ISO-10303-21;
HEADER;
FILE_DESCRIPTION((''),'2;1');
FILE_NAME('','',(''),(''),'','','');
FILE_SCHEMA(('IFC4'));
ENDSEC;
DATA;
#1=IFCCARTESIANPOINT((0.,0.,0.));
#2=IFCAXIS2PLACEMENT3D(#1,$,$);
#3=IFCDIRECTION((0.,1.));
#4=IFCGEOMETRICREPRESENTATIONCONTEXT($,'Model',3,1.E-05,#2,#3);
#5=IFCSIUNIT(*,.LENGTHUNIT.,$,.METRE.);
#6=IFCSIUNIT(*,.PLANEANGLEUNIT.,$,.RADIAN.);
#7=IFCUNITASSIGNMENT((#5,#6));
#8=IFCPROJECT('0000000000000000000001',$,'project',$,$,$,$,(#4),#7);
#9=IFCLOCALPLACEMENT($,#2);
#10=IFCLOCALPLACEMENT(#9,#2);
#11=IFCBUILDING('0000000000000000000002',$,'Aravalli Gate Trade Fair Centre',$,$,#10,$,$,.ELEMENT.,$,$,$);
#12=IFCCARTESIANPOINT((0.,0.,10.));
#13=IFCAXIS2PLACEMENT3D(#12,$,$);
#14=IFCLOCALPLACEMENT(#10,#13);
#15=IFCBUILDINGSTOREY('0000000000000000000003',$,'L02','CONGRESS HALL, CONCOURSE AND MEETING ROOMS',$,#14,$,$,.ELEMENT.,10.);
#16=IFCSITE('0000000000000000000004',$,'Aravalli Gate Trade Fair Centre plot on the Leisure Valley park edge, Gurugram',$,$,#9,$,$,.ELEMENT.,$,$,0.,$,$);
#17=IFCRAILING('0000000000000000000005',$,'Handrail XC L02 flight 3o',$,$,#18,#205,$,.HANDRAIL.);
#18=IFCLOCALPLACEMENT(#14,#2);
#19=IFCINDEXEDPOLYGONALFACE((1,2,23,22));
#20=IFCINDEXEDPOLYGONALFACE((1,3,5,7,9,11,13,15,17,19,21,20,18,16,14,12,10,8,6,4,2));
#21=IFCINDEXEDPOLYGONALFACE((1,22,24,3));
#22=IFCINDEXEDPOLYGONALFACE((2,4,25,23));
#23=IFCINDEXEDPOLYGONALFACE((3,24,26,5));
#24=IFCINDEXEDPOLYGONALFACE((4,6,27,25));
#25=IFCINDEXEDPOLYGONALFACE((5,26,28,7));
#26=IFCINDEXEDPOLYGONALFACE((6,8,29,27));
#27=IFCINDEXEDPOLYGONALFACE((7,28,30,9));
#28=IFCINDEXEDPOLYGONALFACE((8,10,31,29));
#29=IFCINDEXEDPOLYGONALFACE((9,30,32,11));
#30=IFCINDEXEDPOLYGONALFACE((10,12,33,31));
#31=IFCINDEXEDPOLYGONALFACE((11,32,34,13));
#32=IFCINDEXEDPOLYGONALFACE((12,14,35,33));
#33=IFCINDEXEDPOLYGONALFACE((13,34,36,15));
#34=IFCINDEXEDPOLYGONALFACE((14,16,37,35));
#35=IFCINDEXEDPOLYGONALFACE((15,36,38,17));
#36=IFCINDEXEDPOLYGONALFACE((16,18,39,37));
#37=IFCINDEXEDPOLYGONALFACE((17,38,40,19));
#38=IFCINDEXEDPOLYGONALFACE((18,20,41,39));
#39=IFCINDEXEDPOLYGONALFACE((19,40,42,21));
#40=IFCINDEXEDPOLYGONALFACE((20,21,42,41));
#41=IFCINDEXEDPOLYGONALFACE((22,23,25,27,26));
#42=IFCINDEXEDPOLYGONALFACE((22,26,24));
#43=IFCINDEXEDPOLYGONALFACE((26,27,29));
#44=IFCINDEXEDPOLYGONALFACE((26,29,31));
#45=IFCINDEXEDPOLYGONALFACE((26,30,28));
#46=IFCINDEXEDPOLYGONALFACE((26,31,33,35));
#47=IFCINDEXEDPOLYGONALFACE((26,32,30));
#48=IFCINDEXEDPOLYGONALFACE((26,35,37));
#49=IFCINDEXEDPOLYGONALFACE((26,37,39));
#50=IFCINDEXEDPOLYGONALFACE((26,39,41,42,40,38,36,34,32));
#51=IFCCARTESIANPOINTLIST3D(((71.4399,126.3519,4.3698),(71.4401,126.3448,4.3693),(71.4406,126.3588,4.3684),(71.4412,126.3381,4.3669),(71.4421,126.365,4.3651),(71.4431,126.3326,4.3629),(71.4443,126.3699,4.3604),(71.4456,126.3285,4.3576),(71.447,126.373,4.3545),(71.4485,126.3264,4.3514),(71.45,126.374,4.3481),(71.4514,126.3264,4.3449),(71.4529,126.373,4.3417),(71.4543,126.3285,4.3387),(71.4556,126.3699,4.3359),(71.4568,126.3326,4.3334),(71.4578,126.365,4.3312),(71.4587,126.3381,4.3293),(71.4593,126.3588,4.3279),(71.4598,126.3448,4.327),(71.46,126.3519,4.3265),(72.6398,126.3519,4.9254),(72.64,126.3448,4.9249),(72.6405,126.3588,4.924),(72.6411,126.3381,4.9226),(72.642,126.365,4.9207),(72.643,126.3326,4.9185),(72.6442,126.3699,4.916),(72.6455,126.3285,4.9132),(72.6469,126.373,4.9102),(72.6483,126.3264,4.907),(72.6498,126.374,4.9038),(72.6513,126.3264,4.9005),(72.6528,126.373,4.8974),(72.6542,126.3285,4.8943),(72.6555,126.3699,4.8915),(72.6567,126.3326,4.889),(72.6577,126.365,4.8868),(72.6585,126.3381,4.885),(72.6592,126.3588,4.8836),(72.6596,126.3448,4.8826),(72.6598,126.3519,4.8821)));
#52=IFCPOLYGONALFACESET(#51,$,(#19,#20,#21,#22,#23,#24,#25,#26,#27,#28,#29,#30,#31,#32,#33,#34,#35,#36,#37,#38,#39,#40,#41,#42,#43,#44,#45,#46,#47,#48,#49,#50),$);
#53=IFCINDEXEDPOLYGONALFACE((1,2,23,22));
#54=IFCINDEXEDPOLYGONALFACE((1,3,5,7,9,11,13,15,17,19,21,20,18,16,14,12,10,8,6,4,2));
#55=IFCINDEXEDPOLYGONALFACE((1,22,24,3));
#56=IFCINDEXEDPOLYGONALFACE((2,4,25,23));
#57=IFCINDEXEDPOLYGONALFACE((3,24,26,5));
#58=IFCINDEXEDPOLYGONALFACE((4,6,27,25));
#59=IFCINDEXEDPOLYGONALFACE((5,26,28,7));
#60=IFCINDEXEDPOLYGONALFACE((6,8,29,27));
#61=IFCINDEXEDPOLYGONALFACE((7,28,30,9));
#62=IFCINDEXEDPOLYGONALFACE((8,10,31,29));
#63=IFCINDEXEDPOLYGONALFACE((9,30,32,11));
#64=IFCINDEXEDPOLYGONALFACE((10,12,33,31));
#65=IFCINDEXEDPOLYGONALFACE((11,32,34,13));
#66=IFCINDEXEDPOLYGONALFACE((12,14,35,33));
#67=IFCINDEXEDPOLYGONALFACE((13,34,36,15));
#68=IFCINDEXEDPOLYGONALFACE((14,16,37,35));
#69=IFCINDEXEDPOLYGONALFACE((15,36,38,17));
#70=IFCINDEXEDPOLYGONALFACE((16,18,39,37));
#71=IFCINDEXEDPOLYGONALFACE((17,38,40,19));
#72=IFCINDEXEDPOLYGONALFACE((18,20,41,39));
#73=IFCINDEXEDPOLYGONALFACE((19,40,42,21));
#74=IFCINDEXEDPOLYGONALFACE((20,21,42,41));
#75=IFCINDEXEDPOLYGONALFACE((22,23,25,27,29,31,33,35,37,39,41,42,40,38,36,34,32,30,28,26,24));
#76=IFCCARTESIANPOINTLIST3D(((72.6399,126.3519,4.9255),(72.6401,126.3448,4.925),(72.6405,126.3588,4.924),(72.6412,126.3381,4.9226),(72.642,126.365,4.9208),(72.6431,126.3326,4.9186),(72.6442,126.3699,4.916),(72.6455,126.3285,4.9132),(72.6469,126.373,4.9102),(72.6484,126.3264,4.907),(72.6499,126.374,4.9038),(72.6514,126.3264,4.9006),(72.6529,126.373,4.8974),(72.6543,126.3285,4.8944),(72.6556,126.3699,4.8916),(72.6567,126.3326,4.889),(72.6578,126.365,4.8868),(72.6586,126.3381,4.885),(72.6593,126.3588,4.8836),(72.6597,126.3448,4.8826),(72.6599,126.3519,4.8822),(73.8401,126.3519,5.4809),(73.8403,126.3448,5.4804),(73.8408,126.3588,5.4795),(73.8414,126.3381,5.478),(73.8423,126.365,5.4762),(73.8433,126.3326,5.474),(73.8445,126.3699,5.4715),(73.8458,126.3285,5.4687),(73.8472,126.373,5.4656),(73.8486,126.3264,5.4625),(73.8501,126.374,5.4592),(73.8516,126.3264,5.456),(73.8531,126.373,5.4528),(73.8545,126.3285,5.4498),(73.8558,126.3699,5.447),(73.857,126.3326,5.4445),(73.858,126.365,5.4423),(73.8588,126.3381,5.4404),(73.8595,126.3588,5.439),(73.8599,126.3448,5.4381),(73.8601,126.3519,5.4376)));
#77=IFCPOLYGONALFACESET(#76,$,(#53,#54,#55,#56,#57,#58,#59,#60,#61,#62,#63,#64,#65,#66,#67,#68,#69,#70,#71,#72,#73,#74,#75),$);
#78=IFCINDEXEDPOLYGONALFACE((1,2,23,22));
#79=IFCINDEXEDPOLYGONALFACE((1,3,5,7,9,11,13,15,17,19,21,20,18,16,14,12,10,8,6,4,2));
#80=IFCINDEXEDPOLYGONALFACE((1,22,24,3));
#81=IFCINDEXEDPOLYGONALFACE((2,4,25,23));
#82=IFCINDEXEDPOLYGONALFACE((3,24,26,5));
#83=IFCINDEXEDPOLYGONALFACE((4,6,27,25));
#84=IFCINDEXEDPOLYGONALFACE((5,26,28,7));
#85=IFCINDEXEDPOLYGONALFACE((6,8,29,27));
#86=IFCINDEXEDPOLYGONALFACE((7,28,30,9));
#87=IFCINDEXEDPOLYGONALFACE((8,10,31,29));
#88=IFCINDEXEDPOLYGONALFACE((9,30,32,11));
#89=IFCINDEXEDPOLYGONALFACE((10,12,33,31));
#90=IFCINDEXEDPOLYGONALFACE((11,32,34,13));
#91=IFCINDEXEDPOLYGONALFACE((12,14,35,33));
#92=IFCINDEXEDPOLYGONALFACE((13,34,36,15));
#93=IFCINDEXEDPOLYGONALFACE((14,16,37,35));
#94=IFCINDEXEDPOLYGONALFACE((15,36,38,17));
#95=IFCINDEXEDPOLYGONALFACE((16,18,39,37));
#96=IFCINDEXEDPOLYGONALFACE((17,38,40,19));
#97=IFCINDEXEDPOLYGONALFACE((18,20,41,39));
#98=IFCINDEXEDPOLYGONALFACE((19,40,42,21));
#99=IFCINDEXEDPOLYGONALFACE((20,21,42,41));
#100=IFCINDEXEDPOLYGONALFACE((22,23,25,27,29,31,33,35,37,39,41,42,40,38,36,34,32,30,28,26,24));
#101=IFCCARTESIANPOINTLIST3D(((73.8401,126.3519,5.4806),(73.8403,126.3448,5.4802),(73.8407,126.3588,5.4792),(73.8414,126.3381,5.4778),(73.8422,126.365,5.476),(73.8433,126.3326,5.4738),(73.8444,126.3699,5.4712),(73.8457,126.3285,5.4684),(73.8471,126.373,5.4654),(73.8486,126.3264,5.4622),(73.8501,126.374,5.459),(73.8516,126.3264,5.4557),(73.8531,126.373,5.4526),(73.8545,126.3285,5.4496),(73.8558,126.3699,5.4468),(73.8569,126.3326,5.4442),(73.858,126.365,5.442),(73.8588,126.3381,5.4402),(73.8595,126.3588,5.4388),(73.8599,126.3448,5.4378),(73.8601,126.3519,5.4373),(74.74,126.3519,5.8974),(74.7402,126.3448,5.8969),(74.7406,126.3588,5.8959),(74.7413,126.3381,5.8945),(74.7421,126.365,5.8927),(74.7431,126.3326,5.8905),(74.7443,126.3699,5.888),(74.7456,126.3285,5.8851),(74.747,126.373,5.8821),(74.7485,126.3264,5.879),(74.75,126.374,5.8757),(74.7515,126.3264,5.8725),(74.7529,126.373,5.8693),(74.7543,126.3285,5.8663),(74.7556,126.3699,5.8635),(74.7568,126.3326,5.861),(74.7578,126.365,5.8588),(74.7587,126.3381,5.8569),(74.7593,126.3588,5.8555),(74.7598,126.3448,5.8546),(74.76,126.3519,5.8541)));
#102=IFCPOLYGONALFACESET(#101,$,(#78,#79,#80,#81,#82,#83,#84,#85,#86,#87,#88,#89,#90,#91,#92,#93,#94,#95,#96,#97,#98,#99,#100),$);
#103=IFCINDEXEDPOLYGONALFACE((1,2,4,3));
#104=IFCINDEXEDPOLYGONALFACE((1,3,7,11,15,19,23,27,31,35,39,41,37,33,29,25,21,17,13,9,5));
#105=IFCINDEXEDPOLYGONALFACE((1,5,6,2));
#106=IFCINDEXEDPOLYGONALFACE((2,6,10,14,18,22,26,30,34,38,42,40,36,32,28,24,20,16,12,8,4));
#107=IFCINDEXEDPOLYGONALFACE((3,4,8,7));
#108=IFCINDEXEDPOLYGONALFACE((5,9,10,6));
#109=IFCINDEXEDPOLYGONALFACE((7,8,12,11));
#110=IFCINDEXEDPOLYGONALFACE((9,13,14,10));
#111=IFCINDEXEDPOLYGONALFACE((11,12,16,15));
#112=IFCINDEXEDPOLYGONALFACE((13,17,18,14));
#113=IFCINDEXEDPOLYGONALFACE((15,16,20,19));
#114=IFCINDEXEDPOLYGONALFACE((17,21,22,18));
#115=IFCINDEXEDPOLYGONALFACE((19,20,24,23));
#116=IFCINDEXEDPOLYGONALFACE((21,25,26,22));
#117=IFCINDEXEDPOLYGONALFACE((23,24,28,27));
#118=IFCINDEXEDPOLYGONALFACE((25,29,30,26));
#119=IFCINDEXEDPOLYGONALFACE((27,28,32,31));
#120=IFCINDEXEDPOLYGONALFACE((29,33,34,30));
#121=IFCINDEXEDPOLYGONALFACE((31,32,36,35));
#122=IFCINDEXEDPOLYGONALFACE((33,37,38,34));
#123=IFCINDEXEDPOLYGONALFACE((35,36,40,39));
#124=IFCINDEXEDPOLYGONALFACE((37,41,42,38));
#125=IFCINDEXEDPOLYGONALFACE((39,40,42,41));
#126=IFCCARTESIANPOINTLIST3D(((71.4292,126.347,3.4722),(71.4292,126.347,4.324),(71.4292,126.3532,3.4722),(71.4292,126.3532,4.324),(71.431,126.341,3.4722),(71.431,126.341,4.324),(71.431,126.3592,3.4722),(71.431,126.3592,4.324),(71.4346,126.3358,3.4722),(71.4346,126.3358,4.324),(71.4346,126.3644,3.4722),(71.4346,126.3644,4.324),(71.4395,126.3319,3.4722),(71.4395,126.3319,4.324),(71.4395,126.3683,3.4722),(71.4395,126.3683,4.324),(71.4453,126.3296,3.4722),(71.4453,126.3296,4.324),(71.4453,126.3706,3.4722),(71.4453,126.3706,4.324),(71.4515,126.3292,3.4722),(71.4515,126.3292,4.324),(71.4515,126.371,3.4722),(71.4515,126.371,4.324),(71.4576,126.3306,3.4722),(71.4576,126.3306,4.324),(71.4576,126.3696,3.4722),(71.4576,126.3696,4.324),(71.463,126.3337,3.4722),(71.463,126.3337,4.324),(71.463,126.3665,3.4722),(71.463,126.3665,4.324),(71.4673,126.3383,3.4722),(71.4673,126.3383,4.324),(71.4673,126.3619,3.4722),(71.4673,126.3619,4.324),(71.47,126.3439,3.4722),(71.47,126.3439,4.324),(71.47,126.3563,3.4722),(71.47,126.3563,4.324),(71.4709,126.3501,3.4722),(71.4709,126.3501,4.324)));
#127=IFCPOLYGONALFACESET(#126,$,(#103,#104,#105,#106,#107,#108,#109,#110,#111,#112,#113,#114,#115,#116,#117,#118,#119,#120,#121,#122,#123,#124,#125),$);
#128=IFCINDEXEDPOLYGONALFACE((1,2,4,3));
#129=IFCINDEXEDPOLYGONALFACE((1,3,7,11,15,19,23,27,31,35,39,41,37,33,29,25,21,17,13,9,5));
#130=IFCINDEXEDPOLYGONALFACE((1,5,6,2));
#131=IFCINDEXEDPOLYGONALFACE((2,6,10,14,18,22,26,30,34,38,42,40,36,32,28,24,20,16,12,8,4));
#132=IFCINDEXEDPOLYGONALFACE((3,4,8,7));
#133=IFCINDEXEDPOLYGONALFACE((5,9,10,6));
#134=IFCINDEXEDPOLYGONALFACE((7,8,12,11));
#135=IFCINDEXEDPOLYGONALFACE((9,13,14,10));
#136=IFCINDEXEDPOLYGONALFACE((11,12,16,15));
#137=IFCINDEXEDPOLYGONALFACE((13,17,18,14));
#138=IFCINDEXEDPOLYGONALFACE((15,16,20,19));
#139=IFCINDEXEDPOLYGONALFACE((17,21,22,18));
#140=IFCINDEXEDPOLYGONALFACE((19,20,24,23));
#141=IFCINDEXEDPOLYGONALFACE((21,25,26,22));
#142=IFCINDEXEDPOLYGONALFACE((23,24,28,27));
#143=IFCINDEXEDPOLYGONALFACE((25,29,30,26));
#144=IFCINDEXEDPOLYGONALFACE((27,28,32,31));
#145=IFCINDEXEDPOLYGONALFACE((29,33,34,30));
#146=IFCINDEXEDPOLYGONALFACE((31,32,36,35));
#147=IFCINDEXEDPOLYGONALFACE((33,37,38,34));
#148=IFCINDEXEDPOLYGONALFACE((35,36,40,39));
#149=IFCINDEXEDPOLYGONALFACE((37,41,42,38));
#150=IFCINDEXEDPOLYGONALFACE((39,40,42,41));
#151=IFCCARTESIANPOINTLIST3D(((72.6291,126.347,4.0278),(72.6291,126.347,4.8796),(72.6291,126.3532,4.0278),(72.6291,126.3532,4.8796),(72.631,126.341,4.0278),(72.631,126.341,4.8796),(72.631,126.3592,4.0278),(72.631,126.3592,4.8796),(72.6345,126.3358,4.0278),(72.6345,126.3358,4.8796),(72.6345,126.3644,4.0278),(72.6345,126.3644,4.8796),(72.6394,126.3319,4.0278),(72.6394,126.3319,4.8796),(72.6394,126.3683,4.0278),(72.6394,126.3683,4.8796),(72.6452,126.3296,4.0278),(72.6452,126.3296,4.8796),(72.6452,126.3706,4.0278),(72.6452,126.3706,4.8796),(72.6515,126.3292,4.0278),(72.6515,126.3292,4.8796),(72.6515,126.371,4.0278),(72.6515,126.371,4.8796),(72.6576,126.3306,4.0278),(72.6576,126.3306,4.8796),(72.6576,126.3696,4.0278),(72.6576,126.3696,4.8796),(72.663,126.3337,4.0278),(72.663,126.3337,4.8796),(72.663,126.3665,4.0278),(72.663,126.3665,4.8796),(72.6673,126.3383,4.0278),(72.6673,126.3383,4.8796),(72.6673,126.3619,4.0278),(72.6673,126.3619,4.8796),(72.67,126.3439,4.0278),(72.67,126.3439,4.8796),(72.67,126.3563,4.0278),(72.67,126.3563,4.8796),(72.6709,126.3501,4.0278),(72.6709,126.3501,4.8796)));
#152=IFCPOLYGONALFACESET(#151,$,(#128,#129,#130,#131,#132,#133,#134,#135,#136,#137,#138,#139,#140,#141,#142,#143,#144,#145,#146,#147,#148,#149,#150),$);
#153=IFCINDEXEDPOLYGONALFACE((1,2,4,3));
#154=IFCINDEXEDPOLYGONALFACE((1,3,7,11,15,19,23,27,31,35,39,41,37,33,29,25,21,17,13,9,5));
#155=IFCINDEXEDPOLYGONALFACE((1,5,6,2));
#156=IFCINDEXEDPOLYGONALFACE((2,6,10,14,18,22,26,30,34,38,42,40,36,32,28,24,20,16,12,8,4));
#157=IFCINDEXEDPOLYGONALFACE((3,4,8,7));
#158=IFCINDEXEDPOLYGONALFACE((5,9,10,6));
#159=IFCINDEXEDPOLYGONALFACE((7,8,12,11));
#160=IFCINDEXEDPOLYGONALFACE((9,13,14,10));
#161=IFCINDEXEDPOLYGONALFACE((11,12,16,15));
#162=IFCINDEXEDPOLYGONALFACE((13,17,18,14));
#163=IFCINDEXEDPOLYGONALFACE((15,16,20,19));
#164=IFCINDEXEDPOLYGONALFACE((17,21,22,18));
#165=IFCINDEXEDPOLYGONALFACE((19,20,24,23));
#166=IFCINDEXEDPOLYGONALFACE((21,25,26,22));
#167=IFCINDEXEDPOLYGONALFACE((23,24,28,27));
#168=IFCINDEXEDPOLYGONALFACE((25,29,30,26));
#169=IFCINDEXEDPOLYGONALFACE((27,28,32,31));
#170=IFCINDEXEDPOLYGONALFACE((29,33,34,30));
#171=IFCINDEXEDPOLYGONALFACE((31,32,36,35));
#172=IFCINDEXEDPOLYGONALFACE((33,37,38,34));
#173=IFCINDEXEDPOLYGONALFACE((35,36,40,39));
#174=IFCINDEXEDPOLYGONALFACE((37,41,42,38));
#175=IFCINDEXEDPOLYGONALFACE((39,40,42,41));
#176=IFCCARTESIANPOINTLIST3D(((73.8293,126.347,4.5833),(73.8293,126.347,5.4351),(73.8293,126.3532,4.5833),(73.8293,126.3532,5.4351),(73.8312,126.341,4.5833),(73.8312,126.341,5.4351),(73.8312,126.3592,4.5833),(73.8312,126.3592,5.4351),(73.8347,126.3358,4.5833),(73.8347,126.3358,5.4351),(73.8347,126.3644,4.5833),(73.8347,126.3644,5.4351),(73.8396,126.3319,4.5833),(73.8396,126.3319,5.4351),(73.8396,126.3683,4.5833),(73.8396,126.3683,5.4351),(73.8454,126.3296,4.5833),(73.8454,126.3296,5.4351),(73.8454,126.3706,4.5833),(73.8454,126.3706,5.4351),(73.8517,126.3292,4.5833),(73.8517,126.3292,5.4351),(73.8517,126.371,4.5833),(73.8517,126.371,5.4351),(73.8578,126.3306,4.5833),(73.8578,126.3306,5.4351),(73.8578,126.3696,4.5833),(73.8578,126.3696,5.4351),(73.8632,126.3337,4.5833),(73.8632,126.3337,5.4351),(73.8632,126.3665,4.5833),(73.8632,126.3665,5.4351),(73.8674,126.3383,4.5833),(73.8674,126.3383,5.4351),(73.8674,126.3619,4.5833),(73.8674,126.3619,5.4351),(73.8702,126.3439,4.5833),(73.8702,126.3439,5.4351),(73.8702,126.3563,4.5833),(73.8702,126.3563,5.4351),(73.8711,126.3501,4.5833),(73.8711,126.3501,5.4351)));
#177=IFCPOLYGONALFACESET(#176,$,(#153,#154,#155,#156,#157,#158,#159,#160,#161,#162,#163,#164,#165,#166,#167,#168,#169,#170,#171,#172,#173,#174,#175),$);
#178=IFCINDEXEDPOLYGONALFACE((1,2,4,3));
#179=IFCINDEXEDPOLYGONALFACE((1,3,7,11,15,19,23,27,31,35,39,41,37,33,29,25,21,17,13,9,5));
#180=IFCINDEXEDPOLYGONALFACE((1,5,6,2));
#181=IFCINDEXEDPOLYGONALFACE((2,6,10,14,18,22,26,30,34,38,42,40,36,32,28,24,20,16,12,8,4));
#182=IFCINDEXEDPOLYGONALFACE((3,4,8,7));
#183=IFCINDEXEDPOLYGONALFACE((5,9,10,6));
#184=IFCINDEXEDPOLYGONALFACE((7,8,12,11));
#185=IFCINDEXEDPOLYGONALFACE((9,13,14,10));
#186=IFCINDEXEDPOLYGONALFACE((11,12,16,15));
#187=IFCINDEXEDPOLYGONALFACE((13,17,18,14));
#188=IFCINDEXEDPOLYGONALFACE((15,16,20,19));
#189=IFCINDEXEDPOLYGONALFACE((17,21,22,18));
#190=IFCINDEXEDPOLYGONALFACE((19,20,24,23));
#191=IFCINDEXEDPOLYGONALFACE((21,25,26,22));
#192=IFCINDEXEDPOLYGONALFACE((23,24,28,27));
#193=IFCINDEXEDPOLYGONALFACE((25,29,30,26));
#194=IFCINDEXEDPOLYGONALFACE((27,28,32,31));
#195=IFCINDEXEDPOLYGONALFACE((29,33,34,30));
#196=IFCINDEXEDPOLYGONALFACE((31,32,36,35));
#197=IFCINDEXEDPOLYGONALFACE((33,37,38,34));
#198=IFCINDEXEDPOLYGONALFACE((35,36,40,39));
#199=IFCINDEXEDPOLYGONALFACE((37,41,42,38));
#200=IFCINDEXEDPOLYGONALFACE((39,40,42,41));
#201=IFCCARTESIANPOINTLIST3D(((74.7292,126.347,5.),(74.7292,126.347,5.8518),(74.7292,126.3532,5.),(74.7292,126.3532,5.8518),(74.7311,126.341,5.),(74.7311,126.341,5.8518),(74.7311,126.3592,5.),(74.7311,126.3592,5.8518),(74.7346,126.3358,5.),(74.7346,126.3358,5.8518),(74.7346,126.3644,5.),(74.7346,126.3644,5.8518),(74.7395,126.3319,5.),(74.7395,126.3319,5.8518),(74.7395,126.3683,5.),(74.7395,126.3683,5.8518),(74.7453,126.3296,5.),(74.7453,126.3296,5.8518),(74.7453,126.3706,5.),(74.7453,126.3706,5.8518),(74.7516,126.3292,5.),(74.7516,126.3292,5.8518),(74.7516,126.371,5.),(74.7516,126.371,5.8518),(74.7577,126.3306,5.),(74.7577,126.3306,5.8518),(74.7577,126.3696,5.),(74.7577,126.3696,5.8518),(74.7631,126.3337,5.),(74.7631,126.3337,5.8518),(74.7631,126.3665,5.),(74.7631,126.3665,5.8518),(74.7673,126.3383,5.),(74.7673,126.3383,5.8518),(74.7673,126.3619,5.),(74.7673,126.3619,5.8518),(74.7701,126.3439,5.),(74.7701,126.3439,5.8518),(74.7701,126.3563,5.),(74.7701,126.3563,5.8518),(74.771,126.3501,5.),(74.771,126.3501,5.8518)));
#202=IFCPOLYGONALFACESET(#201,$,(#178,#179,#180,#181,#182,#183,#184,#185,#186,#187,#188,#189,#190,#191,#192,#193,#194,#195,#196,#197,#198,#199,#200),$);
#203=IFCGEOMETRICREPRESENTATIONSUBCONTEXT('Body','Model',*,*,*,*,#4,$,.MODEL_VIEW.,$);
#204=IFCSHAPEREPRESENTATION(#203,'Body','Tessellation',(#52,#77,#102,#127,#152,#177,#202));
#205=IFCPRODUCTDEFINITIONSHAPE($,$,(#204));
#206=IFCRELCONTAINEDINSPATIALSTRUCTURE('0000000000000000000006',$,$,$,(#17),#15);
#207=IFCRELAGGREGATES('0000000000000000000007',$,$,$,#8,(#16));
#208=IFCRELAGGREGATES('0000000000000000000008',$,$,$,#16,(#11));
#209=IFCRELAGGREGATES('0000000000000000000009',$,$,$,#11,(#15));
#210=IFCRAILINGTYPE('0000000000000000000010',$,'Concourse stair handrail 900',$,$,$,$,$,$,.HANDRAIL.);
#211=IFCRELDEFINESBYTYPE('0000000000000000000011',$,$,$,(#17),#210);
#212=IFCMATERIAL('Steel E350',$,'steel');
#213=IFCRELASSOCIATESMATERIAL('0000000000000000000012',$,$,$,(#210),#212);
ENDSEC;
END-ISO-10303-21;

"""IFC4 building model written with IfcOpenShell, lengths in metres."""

from ifc_helpers import new_model, si_unit, direction, frame, origin, origin_2d, place, context, subcontext, project, spatial, circle, extrude, material, type_object, element, save


model = new_model("IFC4")

# Units and contexts
model_context = context("Model", 3, precision=1e-05, world=origin(), true_north=direction((0.0, 1.0)))
body_context = subcontext(model_context, "Body", "Model", "MODEL_VIEW")
ifc_project = project(units=[si_unit("LENGTHUNIT", "METRE"), si_unit("PLANEANGLEUNIT", "RADIAN")], contexts=[model_context])

# Site, building, storey
site_placement = place(None, origin())
site = spatial("IfcSite", under=ifc_project, at=site_placement, Name="Aravalli Gate Trade Fair Centre plot on the Leisure Valley park edge, Gurugram", CompositionType="ELEMENT", RefElevation=0.0)
building_placement = place(site_placement, origin())
building = spatial("IfcBuilding", under=site, at=building_placement, Name="Aravalli Gate Trade Fair Centre", CompositionType="ELEMENT")
storey_placement = place(building_placement, frame((0.0, 0.0, 10.0)))
storey = spatial("IfcBuildingStorey", under=building, at=storey_placement, Name="L02", Description="CONGRESS HALL, CONCOURSE AND MEETING ROOMS", CompositionType="ELEMENT", Elevation=10.0)

# Shared definitions
ifc_material_1 = material(Name="Steel E350", Category="steel")

# Railing
railing_type_1 = type_object("IfcRailingType", Name="Concourse stair handrail 900", PredefinedType="HANDRAIL", material=ifc_material_1)
railing_1_placement = place(storey_placement, frame((71.45, 126.3501, 3.4722)))
element("IfcRailing", 1, at=railing_1_placement, inside=storey, type_object=railing_type_1, Name="Handrail XC L02 flight 3o", PredefinedType="HANDRAIL", context=body_context, shape_type="SweptSolid", body=[
    extrude(circle(Radius=0.0239, at=origin_2d()), frame((0.0, 0.0, 0.876), z_axis=(0.907429, 0.0, 0.420205), x_axis=(0.0, 1.0, 0.0)), (0.0, 0.0, 1.0), 1.3223),
    extrude(circle(Radius=0.0239, at=origin_2d()), frame((1.2, 0.0, 1.4316), z_axis=(0.907532, 0.0, 0.419983), x_axis=(0.0, 1.0, 0.0)), (0.0, 0.0, 1.0), 1.3225),
    extrude(circle(Radius=0.0239, at=origin_2d()), frame((2.4001, 0.0, 1.9868), z_axis=(0.907418, 0.0, 0.420229), x_axis=(0.0, 1.0, 0.0)), (0.0, 0.0, 1.0), 0.9917),
    extrude(circle(Radius=0.021, at=origin_2d()), origin(), (0.0, 0.0, 1.0), 0.8518),
    extrude(circle(Radius=0.021, at=origin_2d()), frame((1.2, 0.0, 0.5557)), (0.0, 0.0, 1.0), 0.8518),
    extrude(circle(Radius=0.021, at=origin_2d()), frame((2.4001, 0.0, 1.1111)), (0.0, 0.0, 1.0), 0.8518),
    extrude(circle(Radius=0.021, at=origin_2d()), frame((3.3, 0.0, 1.5278)), (0.0, 0.0, 1.0), 0.8518),
])

save(model, "model.ifc")
